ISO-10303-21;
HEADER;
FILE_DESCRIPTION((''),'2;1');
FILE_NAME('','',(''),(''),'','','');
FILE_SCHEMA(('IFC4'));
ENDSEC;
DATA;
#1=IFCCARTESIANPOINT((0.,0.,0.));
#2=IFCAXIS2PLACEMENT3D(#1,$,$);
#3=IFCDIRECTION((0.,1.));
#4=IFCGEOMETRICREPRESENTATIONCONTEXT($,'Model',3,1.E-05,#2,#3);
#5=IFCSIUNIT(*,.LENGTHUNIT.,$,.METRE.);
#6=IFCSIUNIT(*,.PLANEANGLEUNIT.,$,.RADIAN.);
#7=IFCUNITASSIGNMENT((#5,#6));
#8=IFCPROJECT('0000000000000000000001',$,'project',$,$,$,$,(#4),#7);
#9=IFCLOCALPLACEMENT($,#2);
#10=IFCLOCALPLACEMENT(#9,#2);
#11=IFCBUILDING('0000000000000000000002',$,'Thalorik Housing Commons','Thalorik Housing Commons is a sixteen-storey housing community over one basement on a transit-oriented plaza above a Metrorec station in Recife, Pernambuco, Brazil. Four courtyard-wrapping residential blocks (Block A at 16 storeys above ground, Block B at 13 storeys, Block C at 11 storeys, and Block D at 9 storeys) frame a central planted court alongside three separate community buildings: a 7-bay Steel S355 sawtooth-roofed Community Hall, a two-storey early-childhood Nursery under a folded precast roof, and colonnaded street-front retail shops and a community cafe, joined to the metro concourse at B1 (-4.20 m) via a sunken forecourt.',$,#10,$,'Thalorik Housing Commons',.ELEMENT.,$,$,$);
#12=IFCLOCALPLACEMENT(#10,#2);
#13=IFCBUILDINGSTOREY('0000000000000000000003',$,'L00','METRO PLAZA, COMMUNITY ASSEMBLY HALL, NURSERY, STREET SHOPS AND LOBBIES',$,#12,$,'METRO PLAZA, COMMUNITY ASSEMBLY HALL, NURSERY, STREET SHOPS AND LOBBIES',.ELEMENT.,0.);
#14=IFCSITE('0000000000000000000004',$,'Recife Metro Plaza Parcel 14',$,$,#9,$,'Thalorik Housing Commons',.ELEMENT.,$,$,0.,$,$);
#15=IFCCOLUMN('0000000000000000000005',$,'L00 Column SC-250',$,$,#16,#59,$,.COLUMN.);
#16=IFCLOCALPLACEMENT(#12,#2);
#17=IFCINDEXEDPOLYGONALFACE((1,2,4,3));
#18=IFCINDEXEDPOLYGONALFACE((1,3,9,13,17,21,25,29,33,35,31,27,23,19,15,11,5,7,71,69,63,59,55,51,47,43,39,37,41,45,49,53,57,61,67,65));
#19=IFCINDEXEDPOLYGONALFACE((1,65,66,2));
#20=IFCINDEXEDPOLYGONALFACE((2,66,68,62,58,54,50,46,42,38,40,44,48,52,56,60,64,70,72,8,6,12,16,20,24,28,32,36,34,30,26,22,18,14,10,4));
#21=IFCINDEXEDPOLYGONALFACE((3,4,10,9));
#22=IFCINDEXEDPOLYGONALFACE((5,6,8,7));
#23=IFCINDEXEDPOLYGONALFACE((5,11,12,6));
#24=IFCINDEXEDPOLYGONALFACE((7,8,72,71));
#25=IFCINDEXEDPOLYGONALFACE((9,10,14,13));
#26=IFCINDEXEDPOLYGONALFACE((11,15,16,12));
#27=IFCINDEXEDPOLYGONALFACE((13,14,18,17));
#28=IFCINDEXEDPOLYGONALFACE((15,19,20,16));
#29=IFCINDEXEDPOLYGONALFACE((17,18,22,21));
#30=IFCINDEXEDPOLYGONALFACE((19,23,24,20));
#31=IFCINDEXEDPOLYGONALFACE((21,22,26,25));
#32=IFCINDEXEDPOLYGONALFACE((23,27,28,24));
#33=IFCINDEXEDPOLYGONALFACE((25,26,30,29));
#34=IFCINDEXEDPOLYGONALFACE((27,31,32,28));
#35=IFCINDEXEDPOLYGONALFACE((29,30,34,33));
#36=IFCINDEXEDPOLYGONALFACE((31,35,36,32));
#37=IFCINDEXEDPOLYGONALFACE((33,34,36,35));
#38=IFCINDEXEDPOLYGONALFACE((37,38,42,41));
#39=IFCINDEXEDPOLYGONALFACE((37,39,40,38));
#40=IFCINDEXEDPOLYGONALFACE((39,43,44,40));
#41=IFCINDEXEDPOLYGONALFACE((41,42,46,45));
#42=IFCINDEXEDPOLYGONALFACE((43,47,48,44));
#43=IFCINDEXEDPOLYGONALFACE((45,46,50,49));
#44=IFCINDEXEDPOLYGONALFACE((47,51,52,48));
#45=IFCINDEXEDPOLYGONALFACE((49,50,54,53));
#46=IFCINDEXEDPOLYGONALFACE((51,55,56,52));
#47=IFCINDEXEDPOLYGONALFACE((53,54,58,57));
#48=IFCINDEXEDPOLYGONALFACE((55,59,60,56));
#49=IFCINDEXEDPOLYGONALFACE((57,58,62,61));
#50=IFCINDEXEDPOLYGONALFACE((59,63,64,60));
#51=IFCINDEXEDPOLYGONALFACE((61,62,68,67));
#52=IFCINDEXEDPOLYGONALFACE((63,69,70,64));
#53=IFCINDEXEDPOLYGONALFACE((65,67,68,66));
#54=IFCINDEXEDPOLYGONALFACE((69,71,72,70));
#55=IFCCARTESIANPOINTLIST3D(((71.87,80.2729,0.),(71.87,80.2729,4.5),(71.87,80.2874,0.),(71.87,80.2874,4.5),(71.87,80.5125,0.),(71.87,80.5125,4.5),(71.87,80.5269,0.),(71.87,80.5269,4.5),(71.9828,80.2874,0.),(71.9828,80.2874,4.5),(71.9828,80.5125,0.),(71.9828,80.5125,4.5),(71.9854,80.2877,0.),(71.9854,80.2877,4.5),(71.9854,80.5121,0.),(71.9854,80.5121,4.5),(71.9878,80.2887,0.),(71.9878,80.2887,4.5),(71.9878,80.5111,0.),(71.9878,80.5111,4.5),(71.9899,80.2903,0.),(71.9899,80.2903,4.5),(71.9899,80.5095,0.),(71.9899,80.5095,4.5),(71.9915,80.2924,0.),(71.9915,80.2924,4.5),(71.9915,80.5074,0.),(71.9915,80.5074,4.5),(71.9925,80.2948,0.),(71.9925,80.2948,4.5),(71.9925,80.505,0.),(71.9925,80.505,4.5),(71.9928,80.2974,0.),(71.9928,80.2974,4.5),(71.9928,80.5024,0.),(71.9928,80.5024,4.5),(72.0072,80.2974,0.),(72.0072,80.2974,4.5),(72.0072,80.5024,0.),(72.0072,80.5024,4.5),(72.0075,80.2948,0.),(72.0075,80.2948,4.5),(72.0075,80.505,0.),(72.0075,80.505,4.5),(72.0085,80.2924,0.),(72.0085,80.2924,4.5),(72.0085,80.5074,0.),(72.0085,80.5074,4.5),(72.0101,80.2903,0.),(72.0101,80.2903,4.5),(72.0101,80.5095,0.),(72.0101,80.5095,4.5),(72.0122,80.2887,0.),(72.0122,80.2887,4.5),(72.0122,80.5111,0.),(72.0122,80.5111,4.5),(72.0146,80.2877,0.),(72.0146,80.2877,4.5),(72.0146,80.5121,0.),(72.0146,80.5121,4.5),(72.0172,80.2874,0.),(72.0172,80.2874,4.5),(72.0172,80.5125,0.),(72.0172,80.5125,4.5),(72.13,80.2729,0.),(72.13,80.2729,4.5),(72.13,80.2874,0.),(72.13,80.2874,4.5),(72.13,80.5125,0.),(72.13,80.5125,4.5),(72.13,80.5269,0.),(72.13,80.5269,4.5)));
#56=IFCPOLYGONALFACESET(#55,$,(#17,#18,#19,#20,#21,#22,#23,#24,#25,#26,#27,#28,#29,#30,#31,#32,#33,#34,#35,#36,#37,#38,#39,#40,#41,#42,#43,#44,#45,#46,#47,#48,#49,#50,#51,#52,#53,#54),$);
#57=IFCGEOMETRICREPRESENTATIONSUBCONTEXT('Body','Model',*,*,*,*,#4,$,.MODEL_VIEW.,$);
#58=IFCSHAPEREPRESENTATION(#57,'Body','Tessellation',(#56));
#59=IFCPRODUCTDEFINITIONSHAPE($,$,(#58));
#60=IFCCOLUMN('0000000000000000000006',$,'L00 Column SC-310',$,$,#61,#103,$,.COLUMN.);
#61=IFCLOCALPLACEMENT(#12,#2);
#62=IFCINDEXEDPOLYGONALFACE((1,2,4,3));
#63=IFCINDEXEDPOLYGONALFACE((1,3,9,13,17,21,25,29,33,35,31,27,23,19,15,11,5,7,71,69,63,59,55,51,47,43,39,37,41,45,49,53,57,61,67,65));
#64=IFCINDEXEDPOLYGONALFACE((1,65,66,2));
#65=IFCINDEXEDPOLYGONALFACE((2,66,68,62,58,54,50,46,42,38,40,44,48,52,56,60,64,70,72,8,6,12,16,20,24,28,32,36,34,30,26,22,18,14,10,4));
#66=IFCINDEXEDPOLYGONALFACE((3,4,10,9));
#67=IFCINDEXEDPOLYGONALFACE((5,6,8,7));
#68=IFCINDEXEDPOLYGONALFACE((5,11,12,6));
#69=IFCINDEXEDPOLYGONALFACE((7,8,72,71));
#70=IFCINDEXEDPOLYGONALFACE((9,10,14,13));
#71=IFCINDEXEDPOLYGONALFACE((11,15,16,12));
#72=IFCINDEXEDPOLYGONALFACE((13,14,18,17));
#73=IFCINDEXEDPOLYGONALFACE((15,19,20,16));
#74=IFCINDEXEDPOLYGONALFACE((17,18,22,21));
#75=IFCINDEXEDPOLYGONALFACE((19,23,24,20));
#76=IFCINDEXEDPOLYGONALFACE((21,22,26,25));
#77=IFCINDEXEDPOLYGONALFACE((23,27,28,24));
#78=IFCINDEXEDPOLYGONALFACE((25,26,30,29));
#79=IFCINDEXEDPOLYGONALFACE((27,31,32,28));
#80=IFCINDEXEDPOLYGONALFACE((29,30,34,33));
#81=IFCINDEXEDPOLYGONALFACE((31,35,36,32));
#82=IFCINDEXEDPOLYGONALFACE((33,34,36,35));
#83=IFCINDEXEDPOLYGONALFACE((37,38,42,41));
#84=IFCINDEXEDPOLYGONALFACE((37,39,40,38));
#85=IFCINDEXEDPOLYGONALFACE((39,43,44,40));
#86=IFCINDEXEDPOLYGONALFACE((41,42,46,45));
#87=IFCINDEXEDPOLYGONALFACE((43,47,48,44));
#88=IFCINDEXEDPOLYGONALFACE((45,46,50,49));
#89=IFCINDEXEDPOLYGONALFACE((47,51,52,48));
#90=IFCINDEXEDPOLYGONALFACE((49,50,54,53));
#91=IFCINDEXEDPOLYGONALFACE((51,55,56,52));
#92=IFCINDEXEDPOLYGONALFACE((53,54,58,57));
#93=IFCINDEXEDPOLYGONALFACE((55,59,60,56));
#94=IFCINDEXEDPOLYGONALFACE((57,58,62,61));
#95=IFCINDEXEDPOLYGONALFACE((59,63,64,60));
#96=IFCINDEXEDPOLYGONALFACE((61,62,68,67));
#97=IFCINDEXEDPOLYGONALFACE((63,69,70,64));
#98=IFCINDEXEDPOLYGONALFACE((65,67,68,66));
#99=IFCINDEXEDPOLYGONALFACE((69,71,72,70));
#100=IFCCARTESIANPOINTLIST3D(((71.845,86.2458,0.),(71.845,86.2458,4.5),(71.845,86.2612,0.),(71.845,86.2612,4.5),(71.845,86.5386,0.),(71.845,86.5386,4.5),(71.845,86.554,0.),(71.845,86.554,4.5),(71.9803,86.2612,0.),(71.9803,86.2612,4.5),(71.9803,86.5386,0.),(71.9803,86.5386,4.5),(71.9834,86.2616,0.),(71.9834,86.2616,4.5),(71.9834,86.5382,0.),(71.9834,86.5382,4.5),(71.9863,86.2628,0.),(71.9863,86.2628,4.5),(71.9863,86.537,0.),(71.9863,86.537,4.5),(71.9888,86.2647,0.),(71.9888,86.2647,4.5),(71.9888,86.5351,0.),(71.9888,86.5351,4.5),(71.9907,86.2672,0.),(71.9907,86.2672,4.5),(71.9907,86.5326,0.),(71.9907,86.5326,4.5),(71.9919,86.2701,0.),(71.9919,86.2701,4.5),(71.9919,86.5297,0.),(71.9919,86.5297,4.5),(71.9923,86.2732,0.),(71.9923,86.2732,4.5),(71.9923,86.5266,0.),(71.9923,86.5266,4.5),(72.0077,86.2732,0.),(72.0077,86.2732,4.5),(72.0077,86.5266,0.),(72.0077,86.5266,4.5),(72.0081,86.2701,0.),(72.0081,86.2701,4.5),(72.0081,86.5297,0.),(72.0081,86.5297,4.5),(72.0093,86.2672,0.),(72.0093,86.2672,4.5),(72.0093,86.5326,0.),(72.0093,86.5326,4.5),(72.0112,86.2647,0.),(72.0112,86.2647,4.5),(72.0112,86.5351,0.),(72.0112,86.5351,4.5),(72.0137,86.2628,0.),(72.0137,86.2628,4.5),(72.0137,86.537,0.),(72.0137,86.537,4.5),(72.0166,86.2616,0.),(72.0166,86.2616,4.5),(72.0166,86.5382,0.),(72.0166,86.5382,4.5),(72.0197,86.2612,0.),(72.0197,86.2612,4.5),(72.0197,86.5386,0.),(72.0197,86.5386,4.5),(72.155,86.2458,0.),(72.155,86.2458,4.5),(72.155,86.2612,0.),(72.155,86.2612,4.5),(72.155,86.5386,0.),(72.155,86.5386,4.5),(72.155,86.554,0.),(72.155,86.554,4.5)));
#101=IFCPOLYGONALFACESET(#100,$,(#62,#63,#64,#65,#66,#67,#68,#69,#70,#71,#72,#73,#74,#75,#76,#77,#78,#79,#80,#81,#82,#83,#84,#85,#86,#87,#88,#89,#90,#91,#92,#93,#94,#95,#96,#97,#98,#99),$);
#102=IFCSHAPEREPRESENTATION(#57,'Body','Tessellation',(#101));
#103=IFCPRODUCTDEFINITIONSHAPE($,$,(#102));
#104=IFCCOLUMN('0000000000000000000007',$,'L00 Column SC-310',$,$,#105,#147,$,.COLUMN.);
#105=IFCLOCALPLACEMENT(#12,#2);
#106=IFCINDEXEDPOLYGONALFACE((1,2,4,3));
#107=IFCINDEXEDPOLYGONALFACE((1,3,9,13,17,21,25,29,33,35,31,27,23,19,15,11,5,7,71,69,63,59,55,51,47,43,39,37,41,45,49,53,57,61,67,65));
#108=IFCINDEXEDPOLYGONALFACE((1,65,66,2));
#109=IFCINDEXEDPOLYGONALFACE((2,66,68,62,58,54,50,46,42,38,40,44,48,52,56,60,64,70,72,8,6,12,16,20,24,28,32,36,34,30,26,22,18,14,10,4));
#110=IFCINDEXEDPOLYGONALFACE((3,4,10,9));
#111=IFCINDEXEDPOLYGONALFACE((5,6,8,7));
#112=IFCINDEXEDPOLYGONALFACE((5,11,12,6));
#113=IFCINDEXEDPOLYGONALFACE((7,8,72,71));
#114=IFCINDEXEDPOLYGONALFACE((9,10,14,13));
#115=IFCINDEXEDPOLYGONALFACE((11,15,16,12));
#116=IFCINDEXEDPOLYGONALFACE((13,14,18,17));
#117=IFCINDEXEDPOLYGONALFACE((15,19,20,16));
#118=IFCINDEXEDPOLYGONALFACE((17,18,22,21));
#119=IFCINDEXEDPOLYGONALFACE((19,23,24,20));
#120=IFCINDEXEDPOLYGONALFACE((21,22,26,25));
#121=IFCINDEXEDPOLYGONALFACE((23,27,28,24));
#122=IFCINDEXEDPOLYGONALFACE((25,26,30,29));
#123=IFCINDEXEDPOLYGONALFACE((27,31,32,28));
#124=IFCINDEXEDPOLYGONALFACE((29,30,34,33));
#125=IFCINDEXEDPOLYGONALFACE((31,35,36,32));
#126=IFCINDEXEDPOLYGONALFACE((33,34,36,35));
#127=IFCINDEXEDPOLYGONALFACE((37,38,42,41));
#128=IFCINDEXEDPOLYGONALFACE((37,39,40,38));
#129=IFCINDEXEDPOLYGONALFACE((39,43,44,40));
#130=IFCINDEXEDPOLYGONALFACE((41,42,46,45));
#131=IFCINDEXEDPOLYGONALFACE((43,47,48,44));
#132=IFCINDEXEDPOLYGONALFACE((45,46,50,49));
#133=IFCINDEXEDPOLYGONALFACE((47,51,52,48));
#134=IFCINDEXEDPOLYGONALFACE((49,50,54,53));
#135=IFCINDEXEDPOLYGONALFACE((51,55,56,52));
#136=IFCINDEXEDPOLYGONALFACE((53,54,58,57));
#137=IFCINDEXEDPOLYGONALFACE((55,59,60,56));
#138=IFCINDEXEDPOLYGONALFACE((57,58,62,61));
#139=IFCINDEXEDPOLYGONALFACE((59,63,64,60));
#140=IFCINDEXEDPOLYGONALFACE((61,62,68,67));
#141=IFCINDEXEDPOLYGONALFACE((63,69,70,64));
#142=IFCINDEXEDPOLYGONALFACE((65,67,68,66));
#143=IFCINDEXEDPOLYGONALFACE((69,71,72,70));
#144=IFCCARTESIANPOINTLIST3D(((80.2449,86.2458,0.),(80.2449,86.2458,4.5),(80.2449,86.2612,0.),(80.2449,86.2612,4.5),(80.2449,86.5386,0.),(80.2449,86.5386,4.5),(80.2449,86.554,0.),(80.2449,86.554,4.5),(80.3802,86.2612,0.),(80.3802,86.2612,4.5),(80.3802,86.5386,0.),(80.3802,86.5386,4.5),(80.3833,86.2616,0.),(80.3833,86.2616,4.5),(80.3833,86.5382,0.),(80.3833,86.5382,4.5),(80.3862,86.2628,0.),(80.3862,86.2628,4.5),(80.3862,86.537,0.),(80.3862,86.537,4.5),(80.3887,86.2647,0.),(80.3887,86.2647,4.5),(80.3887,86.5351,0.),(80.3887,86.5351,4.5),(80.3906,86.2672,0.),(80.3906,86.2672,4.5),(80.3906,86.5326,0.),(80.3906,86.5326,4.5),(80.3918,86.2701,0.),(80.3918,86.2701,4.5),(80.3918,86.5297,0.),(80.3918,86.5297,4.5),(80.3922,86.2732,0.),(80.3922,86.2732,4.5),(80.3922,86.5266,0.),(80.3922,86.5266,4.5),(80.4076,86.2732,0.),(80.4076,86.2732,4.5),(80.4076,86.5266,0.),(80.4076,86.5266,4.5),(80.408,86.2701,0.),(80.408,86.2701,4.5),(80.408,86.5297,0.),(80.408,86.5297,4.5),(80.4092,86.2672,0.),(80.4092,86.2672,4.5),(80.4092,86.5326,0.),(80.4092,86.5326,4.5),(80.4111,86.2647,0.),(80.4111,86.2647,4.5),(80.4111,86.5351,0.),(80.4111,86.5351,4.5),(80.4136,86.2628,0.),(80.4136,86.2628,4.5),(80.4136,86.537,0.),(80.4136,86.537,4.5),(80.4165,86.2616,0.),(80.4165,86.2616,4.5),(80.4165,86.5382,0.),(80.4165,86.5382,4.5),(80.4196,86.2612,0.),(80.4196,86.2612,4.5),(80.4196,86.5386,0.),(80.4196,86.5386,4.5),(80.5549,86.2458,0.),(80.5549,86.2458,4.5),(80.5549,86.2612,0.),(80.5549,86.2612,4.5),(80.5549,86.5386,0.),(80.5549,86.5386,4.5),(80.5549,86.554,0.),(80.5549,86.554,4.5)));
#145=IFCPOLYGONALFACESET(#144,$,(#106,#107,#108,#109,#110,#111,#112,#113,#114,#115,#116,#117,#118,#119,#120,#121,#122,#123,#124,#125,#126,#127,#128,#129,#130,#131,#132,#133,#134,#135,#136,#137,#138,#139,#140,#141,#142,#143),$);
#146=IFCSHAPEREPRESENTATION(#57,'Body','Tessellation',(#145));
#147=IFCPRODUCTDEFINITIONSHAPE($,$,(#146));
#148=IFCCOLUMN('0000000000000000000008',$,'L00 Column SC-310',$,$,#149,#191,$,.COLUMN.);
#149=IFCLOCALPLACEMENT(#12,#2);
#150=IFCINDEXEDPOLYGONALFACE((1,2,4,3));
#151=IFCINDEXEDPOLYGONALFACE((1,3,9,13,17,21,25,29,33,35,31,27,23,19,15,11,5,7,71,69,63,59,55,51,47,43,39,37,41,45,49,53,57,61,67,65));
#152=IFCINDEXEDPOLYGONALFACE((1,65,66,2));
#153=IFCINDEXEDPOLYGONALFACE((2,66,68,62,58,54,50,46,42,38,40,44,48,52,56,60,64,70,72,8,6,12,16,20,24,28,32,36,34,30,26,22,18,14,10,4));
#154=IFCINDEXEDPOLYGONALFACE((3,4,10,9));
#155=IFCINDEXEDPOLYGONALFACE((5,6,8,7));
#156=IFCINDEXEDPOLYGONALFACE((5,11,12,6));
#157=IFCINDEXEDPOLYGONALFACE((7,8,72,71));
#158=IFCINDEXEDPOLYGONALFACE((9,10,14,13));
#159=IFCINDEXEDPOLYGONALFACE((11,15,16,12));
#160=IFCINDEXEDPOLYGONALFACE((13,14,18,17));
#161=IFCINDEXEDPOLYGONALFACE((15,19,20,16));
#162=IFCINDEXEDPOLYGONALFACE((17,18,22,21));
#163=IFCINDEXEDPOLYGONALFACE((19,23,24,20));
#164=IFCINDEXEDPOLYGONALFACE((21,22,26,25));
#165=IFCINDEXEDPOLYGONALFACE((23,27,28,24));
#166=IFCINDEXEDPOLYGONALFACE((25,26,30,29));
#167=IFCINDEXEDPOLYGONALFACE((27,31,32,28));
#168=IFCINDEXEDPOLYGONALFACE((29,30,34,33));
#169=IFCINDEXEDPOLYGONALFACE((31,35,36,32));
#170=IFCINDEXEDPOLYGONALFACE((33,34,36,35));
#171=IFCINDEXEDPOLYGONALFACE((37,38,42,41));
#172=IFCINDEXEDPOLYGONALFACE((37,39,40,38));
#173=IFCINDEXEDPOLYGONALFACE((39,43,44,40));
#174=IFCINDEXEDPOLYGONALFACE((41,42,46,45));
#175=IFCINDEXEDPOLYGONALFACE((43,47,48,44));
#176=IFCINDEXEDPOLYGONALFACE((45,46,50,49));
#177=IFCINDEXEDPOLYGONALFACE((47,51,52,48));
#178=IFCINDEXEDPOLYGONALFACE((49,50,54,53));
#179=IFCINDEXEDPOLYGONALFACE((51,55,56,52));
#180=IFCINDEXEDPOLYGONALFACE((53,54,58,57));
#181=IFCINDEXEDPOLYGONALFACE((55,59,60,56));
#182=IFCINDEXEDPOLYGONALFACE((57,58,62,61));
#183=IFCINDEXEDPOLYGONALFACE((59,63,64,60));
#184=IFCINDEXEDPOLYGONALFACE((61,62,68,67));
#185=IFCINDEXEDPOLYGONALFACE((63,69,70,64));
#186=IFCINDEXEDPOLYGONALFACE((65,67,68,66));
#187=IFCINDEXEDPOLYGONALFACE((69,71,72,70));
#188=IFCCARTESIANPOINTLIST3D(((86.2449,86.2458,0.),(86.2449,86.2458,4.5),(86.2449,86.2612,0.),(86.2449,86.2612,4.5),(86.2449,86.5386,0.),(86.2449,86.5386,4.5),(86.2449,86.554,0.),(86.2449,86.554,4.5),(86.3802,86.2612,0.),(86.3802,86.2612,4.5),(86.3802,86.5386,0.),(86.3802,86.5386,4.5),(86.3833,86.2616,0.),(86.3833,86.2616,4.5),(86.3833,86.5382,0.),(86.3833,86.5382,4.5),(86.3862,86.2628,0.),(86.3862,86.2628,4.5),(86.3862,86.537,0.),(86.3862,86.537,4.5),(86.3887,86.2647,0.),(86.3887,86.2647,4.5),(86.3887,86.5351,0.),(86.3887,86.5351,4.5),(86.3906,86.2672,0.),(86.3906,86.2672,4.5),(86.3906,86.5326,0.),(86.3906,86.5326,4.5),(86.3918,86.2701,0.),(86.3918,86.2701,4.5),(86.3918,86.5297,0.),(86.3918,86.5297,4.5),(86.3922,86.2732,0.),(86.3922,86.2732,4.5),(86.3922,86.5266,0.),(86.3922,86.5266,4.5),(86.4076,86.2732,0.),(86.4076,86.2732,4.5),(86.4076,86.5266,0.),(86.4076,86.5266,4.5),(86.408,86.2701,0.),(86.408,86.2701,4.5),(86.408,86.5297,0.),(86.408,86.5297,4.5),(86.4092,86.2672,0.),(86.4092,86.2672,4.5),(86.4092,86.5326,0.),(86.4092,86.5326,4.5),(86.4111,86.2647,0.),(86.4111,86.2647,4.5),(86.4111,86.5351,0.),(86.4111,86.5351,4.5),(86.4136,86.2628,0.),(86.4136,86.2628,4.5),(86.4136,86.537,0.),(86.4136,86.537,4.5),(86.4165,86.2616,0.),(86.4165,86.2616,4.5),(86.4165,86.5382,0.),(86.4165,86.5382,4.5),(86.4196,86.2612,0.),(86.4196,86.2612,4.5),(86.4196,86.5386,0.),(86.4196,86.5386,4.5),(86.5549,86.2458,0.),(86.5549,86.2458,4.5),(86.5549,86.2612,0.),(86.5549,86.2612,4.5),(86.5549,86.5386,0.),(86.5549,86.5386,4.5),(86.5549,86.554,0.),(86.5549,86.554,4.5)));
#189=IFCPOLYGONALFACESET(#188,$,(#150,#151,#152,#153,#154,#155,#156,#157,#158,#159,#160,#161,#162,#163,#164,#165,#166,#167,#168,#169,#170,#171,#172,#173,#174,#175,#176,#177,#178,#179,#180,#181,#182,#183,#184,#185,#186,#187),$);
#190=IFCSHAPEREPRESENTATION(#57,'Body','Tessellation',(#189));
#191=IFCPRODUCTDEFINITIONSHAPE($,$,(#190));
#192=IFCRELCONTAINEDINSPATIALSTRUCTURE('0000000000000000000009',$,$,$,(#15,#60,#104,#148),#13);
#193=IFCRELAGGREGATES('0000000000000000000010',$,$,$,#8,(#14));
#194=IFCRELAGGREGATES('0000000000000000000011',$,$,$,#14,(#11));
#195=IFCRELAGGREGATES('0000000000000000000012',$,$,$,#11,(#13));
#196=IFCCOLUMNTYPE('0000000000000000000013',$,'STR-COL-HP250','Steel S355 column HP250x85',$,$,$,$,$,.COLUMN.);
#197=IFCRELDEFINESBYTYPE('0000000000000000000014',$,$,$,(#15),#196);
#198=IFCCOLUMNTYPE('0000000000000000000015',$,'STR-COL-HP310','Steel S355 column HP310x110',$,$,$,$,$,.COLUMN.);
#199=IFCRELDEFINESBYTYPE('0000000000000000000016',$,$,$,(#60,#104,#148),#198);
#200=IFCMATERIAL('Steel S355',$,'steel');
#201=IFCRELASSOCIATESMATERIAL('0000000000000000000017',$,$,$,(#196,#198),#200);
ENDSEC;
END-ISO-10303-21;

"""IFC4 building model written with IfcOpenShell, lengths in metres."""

from ifc_helpers import new_model, si_unit, direction, frame, origin, origin_2d, place, context, subcontext, project, spatial, i_section, extrude, material, material_profile, profile_set, type_object, element, save


model = new_model("IFC4")

# Units and contexts
model_context = context("Model", 3, precision=1e-05, world=origin(), true_north=direction((0.0, 1.0)))
body_context = subcontext(model_context, "Body", "Model", "MODEL_VIEW")
ifc_project = project(units=[si_unit("LENGTHUNIT", "METRE"), si_unit("PLANEANGLEUNIT", "RADIAN")], contexts=[model_context])

# Site, building, storey
site_placement = place(None, origin())
site = spatial("IfcSite", under=ifc_project, at=site_placement, Name="Recife Metro Plaza Parcel 14", LongName="Thalorik Housing Commons", CompositionType="ELEMENT", RefElevation=0.0)
building_placement = place(site_placement, origin())
building = spatial("IfcBuilding", under=site, at=building_placement, Name="Thalorik Housing Commons", Description="Thalorik Housing Commons is a sixteen-storey housing community over one basement on a transit-oriented plaza above a Metrorec station in Recife, Pernambuco, Brazil. Four courtyard-wrapping residential blocks (Block A at 16 storeys above ground, Block B at 13 storeys, Block C at 11 storeys, and Block D at 9 storeys) frame a central planted court alongside three separate community buildings: a 7-bay Steel S355 sawtooth-roofed Community Hall, a two-storey early-childhood Nursery under a folded precast roof, and colonnaded street-front retail shops and a community cafe, joined to the metro concourse at B1 (-4.20 m) via a sunken forecourt.", LongName="Thalorik Housing Commons", CompositionType="ELEMENT")
storey_placement = place(building_placement, origin())
storey = spatial("IfcBuildingStorey", under=building, at=storey_placement, Name="L00", Description="METRO PLAZA, COMMUNITY ASSEMBLY HALL, NURSERY, STREET SHOPS AND LOBBIES", LongName="METRO PLAZA, COMMUNITY ASSEMBLY HALL, NURSERY, STREET SHOPS AND LOBBIES", CompositionType="ELEMENT", Elevation=0.0)

# Columns
ifc_material_1 = material(Name="Steel S355", Category="steel")
ifc_material_profile_1 = material_profile(ifc_material_1, i_section(OverallWidth=0.26, OverallDepth=0.2539, WebThickness=0.0144, FlangeThickness=0.0144, FilletRadius=0.01, at=origin_2d()), Name="HP250x85", Category="steel")
ifc_profile_set_1 = profile_set([ifc_material_profile_1], Name="Steel S355")
column_type_1 = type_object("IfcColumnType", Name="STR-COL-HP250", Description="Steel S355 column HP250x85", PredefinedType="COLUMN", material=ifc_profile_set_1)
column_placement = place(storey_placement, frame((72.0, 80.3999, 0.0), z_axis=(0.0, 0.0, 1.0), x_axis=(1.0, 0.0, 0.0)))
element("IfcColumn", 1, at=column_placement, inside=storey, type_object=column_type_1, Name="L00 Column SC-250", PredefinedType="COLUMN", context=body_context, shape_type="SweptSolid", body=[
    extrude(i_section(OverallWidth=0.26, OverallDepth=0.2539, WebThickness=0.0144, FlangeThickness=0.0144, FilletRadius=0.01, at=origin_2d()), origin(), (0.0, 0.0, 1.0), 4.5),
])
ifc_material_profile_2 = material_profile(ifc_material_1, i_section(OverallWidth=0.3101, OverallDepth=0.3081, WebThickness=0.0154, FlangeThickness=0.0154, FilletRadius=0.012, at=origin_2d()), Name="HP310x110", Category="steel")
ifc_profile_set_2 = profile_set([ifc_material_profile_2], Name="Steel S355")
column_type_2 = type_object("IfcColumnType", Name="STR-COL-HP310", Description="Steel S355 column HP310x110", PredefinedType="COLUMN", material=ifc_profile_set_2)
for number, where, z_axis, x_axis, name in (
    (2, (72.0, 86.3999, 0.0), (0.0, 0.0, 1.0), (1.0, 0.0, 0.0), "L00 Column SC-310"),
    (3, (80.3999, 86.3999, 0.0), (0.0, 0.0, 1.0), (1.0, 0.0, 0.0), "L00 Column SC-310"),
    (4, (86.3999, 86.3999, 0.0), (0.0, 0.0, 1.0), (1.0, 0.0, 0.0), "L00 Column SC-310"),
):
    element("IfcColumn", number, at=place(storey_placement, frame(where, z_axis=z_axis, x_axis=x_axis)), inside=storey, type_object=column_type_2, Name=name, PredefinedType="COLUMN", context=body_context, shape_type="SweptSolid", body=[
        extrude(i_section(OverallWidth=0.3101, OverallDepth=0.3081, WebThickness=0.0154, FlangeThickness=0.0154, FilletRadius=0.012, at=origin_2d()), origin(), (0.0, 0.0, 1.0), 4.5),
    ])

save(model, "model.ifc")
